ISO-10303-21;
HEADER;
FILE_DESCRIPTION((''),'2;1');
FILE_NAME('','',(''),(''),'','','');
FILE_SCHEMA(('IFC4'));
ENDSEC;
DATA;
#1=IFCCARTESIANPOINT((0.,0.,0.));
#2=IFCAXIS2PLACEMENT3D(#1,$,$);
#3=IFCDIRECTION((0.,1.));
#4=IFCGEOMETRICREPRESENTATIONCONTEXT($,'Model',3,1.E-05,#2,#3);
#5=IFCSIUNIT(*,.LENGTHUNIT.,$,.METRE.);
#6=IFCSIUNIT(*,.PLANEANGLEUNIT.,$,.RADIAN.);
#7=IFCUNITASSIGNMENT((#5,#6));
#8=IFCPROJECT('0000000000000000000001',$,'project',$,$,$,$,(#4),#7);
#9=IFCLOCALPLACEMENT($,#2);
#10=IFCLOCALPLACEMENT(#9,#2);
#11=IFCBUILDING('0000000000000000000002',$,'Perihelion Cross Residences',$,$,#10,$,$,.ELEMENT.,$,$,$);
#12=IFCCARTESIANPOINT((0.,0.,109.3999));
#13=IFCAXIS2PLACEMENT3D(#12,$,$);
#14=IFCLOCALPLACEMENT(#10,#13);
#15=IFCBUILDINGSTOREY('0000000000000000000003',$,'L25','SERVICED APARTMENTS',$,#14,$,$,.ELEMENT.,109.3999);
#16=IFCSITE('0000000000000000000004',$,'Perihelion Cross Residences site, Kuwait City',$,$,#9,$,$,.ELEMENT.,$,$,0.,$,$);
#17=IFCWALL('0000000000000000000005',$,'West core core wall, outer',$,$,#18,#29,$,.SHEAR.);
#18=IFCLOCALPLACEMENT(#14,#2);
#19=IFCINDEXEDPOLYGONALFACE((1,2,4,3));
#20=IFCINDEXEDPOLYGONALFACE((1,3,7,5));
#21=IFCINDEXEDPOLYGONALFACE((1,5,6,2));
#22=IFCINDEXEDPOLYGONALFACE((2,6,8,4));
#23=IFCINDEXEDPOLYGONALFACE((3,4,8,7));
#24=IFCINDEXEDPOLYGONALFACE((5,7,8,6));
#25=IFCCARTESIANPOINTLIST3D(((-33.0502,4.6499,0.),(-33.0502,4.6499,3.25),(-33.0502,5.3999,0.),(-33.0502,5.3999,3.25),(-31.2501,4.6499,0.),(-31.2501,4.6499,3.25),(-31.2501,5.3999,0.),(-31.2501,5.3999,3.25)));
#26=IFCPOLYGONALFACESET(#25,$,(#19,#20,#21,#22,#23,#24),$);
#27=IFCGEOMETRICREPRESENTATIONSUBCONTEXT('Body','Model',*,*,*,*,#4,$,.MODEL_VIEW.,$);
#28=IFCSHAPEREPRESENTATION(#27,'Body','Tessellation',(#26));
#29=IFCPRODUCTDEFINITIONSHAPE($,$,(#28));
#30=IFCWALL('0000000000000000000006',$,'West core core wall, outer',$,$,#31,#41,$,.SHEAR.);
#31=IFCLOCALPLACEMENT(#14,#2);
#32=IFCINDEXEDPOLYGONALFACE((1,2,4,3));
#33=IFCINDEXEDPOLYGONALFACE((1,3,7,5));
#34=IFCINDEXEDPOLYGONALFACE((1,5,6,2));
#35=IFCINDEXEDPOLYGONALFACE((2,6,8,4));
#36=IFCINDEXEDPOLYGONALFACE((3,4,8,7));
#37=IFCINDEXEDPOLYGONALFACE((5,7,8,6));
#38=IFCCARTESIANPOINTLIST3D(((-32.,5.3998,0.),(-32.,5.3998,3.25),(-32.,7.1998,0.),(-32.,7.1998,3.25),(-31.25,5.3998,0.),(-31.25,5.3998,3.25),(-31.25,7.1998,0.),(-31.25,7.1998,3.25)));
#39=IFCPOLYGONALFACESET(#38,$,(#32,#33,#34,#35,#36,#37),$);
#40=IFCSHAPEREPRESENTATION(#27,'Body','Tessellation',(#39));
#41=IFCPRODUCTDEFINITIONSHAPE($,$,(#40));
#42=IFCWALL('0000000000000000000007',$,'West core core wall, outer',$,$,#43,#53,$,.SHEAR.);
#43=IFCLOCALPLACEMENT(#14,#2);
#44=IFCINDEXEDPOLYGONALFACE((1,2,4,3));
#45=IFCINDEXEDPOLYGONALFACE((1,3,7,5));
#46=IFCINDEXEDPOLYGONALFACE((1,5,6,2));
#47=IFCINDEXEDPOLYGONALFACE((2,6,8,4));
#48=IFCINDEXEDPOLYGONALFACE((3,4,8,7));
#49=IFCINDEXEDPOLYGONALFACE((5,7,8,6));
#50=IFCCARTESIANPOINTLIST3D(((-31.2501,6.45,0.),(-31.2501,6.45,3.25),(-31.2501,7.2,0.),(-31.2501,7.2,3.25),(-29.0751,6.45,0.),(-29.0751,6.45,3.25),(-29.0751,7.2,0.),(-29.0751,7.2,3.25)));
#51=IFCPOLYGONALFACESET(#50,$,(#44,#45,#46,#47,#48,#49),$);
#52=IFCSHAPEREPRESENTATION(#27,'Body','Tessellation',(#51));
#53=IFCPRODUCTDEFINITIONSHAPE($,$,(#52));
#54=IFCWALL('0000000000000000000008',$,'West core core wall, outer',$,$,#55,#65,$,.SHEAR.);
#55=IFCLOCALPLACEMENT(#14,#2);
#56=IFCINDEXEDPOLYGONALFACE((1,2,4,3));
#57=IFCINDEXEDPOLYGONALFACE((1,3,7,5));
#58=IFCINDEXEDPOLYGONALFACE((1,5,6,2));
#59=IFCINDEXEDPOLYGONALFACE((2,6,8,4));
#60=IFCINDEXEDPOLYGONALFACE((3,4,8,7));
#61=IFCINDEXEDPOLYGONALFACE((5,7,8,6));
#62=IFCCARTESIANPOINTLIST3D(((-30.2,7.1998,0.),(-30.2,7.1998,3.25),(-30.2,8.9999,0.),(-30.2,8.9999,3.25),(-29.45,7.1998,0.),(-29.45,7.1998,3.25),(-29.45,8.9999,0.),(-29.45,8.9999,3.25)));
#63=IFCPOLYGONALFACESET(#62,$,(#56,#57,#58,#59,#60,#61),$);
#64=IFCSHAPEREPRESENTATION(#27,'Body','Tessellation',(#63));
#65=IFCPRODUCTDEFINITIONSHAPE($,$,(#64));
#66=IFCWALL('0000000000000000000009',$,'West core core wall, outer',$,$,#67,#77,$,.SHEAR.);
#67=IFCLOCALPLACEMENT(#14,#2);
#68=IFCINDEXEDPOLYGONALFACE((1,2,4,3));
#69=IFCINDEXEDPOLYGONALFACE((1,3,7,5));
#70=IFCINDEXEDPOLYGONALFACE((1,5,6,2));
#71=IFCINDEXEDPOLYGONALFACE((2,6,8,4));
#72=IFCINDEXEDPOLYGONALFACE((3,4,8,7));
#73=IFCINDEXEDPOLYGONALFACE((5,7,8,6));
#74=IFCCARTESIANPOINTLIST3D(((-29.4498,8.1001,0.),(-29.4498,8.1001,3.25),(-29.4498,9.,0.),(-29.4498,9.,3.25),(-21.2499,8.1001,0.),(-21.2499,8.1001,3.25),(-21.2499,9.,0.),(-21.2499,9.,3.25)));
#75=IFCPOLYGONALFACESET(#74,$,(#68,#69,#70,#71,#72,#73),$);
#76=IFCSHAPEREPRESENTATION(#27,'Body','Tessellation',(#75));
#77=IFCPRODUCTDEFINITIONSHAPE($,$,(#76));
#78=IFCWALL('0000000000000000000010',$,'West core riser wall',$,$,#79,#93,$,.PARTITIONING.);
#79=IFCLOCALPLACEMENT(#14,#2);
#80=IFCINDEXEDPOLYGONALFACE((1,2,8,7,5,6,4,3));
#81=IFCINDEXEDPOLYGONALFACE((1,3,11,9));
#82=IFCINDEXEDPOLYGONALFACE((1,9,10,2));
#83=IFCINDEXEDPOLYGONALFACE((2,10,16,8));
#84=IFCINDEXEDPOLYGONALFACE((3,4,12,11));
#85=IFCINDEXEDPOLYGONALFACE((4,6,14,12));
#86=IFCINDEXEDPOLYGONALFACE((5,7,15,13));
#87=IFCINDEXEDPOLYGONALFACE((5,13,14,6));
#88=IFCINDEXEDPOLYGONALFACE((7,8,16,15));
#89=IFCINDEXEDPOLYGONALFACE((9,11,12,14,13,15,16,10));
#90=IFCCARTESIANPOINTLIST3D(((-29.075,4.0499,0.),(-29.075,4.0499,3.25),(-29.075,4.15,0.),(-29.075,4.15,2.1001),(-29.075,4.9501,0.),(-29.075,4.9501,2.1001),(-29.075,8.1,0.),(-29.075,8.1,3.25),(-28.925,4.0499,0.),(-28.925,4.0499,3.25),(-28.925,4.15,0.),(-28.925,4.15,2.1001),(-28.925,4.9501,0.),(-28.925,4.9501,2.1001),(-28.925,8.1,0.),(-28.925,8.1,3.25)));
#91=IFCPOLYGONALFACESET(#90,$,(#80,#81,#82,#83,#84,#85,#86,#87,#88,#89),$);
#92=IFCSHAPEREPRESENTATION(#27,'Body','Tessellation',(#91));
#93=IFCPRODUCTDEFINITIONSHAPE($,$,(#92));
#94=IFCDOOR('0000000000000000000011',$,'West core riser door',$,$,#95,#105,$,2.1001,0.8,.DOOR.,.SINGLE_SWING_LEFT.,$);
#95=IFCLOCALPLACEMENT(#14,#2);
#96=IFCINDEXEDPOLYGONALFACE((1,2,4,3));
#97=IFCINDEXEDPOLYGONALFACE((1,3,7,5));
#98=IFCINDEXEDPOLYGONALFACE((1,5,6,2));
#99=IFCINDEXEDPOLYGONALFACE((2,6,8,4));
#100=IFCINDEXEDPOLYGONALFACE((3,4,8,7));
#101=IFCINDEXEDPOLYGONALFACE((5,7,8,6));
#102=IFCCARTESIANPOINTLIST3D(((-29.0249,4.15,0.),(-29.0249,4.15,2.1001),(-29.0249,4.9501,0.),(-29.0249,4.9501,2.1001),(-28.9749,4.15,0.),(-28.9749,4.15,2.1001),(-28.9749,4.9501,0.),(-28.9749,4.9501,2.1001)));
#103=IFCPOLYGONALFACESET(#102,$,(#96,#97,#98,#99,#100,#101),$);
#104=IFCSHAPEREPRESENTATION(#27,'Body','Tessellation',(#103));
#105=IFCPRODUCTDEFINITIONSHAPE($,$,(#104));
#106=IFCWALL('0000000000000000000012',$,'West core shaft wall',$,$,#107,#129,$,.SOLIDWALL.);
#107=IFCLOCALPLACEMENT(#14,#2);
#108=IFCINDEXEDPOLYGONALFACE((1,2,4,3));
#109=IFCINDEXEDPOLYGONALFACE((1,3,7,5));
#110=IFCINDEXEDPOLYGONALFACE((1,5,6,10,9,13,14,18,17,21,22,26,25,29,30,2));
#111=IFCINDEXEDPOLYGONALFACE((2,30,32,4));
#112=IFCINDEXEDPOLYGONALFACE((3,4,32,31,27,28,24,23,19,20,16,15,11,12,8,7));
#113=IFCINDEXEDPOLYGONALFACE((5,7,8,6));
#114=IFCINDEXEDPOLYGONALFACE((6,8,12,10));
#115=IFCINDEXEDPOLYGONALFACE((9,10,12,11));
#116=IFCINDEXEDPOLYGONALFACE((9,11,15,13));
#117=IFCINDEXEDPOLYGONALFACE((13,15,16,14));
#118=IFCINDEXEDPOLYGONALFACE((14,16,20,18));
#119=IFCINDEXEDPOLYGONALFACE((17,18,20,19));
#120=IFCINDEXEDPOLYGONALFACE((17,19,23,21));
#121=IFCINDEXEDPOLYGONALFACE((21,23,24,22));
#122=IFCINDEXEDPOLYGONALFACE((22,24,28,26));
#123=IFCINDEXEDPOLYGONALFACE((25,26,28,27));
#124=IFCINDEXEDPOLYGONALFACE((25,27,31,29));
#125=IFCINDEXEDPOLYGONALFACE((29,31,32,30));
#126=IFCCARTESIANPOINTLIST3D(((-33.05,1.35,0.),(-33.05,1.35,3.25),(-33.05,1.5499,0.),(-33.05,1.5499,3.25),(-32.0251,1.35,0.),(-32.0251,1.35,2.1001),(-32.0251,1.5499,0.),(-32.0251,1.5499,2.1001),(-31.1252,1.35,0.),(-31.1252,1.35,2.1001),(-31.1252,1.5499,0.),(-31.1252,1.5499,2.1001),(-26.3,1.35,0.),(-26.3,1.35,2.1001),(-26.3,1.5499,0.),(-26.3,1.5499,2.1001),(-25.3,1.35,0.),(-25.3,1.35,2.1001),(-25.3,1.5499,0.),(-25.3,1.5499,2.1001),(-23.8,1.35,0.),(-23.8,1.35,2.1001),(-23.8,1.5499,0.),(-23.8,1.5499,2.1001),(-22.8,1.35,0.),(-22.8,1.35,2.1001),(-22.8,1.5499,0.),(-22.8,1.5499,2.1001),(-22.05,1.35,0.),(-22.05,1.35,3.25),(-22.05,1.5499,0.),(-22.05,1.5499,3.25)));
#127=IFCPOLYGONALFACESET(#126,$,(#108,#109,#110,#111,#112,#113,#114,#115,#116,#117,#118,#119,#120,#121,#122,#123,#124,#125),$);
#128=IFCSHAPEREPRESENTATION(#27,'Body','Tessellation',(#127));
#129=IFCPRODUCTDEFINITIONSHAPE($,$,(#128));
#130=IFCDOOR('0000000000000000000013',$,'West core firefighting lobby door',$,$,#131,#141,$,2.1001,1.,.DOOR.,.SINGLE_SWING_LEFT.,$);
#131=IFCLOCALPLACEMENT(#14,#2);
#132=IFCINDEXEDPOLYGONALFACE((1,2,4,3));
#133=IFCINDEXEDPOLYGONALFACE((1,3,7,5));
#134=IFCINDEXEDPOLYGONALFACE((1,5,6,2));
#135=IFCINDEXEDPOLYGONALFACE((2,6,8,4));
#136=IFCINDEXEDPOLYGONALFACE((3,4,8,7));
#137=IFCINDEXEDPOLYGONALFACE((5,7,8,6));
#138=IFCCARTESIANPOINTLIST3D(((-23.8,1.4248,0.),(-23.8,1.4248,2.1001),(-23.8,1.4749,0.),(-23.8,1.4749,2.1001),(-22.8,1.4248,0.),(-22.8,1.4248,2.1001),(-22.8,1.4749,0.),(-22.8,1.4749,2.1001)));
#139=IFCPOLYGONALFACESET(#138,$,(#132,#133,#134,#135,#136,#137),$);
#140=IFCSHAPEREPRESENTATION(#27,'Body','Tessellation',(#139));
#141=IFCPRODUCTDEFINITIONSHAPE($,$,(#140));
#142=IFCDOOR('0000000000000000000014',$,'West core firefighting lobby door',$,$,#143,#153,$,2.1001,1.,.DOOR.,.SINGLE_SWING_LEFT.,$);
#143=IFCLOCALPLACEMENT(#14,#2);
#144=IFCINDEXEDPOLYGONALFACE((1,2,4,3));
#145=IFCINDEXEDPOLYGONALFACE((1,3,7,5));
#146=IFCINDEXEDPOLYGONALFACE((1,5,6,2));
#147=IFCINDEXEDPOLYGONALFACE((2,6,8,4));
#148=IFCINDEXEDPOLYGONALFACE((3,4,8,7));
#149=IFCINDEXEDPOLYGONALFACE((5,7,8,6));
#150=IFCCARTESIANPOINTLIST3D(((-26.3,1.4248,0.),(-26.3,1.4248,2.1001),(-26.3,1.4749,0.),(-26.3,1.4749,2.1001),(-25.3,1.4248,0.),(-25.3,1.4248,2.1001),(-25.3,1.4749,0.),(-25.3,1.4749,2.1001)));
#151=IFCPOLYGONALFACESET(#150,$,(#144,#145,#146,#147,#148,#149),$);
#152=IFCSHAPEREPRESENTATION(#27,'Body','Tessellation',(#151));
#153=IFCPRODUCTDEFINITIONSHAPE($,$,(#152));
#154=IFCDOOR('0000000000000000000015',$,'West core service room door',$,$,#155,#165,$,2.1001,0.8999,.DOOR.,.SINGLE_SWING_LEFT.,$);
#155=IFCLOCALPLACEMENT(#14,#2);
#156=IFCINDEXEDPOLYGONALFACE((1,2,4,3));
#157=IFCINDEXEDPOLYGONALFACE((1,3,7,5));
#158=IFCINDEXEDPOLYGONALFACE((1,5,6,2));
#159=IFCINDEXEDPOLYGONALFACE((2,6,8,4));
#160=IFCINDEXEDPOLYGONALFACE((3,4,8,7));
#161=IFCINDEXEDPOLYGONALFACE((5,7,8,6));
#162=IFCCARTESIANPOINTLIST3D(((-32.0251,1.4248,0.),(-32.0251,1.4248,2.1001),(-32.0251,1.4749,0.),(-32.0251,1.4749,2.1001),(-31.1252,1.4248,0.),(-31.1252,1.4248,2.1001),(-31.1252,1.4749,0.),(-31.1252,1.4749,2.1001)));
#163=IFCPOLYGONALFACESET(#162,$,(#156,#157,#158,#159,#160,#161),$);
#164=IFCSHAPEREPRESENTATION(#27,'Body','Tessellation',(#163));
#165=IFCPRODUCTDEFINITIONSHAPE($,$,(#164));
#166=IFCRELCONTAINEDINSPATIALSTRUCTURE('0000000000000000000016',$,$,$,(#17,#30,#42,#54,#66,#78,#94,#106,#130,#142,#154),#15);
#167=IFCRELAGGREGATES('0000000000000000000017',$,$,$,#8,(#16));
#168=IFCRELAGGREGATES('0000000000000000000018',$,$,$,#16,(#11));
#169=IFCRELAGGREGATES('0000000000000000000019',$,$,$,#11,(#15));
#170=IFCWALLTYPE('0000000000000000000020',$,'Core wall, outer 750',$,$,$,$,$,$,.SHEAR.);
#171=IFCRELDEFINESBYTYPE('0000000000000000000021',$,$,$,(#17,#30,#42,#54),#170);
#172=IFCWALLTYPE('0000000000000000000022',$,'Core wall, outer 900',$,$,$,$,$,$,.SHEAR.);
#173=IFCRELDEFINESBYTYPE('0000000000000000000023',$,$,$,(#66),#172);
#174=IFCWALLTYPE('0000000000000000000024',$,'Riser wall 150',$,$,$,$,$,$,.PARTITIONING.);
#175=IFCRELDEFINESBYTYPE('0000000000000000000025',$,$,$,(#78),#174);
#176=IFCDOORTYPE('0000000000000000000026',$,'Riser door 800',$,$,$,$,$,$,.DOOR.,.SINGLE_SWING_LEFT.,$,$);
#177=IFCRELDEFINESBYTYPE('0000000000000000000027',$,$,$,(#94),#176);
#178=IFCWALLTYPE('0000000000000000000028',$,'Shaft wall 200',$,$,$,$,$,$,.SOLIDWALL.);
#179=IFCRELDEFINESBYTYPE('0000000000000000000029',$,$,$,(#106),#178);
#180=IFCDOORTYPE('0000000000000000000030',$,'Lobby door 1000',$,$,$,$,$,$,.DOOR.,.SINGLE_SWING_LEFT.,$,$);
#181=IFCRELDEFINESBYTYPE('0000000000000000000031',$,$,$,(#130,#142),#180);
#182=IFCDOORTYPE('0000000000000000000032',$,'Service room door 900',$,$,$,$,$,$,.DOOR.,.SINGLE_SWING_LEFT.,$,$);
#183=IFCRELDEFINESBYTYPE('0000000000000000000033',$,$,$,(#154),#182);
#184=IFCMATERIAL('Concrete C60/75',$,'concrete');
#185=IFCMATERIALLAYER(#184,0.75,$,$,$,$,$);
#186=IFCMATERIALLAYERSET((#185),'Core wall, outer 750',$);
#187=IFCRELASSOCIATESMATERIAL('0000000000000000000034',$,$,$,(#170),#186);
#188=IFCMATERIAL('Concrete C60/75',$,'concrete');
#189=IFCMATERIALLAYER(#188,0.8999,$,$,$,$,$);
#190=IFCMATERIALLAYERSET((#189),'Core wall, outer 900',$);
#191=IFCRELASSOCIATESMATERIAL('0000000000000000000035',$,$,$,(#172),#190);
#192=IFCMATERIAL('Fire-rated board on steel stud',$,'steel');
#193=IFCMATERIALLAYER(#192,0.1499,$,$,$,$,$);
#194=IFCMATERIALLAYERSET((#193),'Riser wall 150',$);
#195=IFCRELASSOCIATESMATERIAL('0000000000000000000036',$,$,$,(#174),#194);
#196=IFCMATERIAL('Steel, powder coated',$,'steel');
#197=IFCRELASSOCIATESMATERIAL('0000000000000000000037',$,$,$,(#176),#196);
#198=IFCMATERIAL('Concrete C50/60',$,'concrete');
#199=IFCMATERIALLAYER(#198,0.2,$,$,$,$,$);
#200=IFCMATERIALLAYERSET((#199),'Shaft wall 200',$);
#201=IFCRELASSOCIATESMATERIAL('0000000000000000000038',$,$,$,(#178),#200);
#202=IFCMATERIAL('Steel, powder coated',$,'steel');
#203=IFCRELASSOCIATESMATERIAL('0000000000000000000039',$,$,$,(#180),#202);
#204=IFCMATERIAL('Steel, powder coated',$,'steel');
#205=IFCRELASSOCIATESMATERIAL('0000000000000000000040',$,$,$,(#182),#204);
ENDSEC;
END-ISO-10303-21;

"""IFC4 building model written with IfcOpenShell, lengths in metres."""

from ifc_helpers import new_model, si_unit, direction, frame, frame_2d, origin, place, context, subcontext, project, spatial, rectangle, extrude, material, layer, layer_set, type_object, element, fill, save


model = new_model("IFC4")

# Units and contexts
model_context = context("Model", 3, precision=1e-05, world=origin(), true_north=direction((0.0, 1.0)))
body_context = subcontext(model_context, "Body", "Model", "MODEL_VIEW")
ifc_project = project(units=[si_unit("LENGTHUNIT", "METRE"), si_unit("PLANEANGLEUNIT", "RADIAN")], contexts=[model_context])

# Site, building, storey
site_placement = place(None, origin())
site = spatial("IfcSite", under=ifc_project, at=site_placement, Name="Perihelion Cross Residences site, Kuwait City", CompositionType="ELEMENT", RefElevation=0.0)
building_placement = place(site_placement, origin())
building = spatial("IfcBuilding", under=site, at=building_placement, Name="Perihelion Cross Residences", CompositionType="ELEMENT")
storey_placement = place(building_placement, frame((0.0, 0.0, 109.3999)))
storey = spatial("IfcBuildingStorey", under=building, at=storey_placement, Name="L25", Description="SERVICED APARTMENTS", CompositionType="ELEMENT", Elevation=109.3999)

# Walls
ifc_material_1 = material(Name="Concrete C60/75", Category="concrete")
ifc_layer_1 = layer(ifc_material_1, 0.75)
ifc_layer_set_1 = layer_set([ifc_layer_1], Name="Core wall, outer 750")
wall_type_1 = type_object("IfcWallType", Name="Core wall, outer 750", PredefinedType="SHEAR", material=ifc_layer_set_1)
for number, where, z_axis, x_axis, name in (
    (1, (-33.05, 5.0249, 0.0), (0.0, 0.0, 1.0), (1.0, 0.0, 0.0), "West core core wall, outer"),
    (2, (-31.625, 5.3999, 0.0), (0.0, 0.0, 1.0), (0.0, 1.0, 0.0), "West core core wall, outer"),
):
    element("IfcWall", number, at=place(storey_placement, frame(where, z_axis=z_axis, x_axis=x_axis)), inside=storey, type_object=wall_type_1, Name=name, PredefinedType="SHEAR", context=body_context, shape_type="SweptSolid", body=[
        extrude(rectangle(XDim=1.8, YDim=0.75, at=frame_2d((0.8999, 0.0))), origin(), (0.0, 0.0, 1.0), 3.25),
    ])
wall_1_placement = place(storey_placement, frame((-31.25, 6.825, 0.0), z_axis=(0.0, 0.0, 1.0), x_axis=(1.0, 0.0, 0.0)))
element("IfcWall", 3, at=wall_1_placement, inside=storey, type_object=wall_type_1, Name="West core core wall, outer", PredefinedType="SHEAR", context=body_context, shape_type="SweptSolid", body=[
    extrude(rectangle(XDim=2.175, YDim=0.75, at=frame_2d((1.0874, 0.0))), origin(), (0.0, 0.0, 1.0), 3.25),
])
wall_2_placement = place(storey_placement, frame((-29.825, 7.2, 0.0), z_axis=(0.0, 0.0, 1.0), x_axis=(0.0, 1.0, 0.0)))
element("IfcWall", 4, at=wall_2_placement, inside=storey, type_object=wall_type_1, Name="West core core wall, outer", PredefinedType="SHEAR", context=body_context, shape_type="SweptSolid", body=[
    extrude(rectangle(XDim=1.8, YDim=0.75, at=frame_2d((0.8999, 0.0))), origin(), (0.0, 0.0, 1.0), 3.25),
])
ifc_material_2 = material(Name="Concrete C60/75", Category="concrete")
ifc_layer_2 = layer(ifc_material_2, 0.8999)
ifc_layer_set_2 = layer_set([ifc_layer_2], Name="Core wall, outer 900")
wall_type_2 = type_object("IfcWallType", Name="Core wall, outer 900", PredefinedType="SHEAR", material=ifc_layer_set_2)
wall_3_placement = place(storey_placement, frame((-29.45, 8.55, 0.0), z_axis=(0.0, 0.0, 1.0), x_axis=(1.0, 0.0, 0.0)))
element("IfcWall", 5, at=wall_3_placement, inside=storey, type_object=wall_type_2, Name="West core core wall, outer", PredefinedType="SHEAR", context=body_context, shape_type="SweptSolid", body=[
    extrude(rectangle(XDim=8.2, YDim=0.8999, at=frame_2d((4.1001, 0.0))), origin(), (0.0, 0.0, 1.0), 3.25),
])

# Wall, opening, door
ifc_material_3 = material(Name="Fire-rated board on steel stud", Category="steel")
ifc_layer_3 = layer(ifc_material_3, 0.1499)
ifc_layer_set_3 = layer_set([ifc_layer_3], Name="Riser wall 150")
wall_type_3 = type_object("IfcWallType", Name="Riser wall 150", PredefinedType="PARTITIONING", material=ifc_layer_set_3)
wall_4_placement = place(storey_placement, frame((-29.0, 4.05, 0.0), z_axis=(0.0, 0.0, 1.0), x_axis=(0.0, 1.0, 0.0)))
wall_4 = element("IfcWall", 6, at=wall_4_placement, inside=storey, type_object=wall_type_3, Name="West core riser wall", PredefinedType="PARTITIONING", context=body_context, shape_type="SweptSolid", body=[
    extrude(rectangle(XDim=4.05, YDim=0.1499, at=frame_2d((2.0249, 0.0))), origin(), (0.0, 0.0, 1.0), 3.25),
])
opening_1_placement = place(wall_4_placement, frame((0.1001, 0.0, 0.0)))
opening_1 = element("IfcOpeningElement", 7, at=opening_1_placement, cuts=wall_4, PredefinedType="OPENING", context=body_context, shape_type="SweptSolid", body=[
    extrude(rectangle(XDim=0.8, YDim=2.1001, at=frame_2d((0.3999, 1.05))), frame((0.0, 0.085, 0.0), z_axis=(0.0, -1.0, 0.0), x_axis=(1.0, 0.0, 0.0)), (0.0, 0.0, 1.0), 0.1699),
])
ifc_material_4 = material(Name="Steel, powder coated", Category="steel")
door_type_1 = type_object("IfcDoorType", Name="Riser door 800", OperationType="SINGLE_SWING_LEFT", PredefinedType="DOOR", material=ifc_material_4)
door_1_placement = place(opening_1_placement, origin())
door_1 = element("IfcDoor", 8, at=door_1_placement, inside=storey, type_object=door_type_1, Name="West core riser door", OperationType="SINGLE_SWING_LEFT", OverallHeight=2.1001, OverallWidth=0.8, PredefinedType="DOOR", context=body_context, shape_type="SweptSolid", body=[
    extrude(rectangle(XDim=0.8, YDim=2.1001, at=frame_2d((0.3999, 1.05))), frame((0.0, 0.0249, 0.0), z_axis=(0.0, -1.0, 0.0), x_axis=(1.0, 0.0, 0.0)), (0.0, 0.0, 1.0), 0.05),
])
fill(opening_1, door_1)

# Wall, openings, doors
ifc_material_5 = material(Name="Concrete C50/60", Category="concrete")
ifc_layer_4 = layer(ifc_material_5, 0.2)
ifc_layer_set_4 = layer_set([ifc_layer_4], Name="Shaft wall 200")
wall_type_4 = type_object("IfcWallType", Name="Shaft wall 200", PredefinedType="SOLIDWALL", material=ifc_layer_set_4)
wall_5_placement = place(storey_placement, frame((-33.05, 1.45, 0.0), z_axis=(0.0, 0.0, 1.0), x_axis=(1.0, 0.0, 0.0)))
wall_5 = element("IfcWall", 9, at=wall_5_placement, inside=storey, type_object=wall_type_4, Name="West core shaft wall", PredefinedType="SOLIDWALL", context=body_context, shape_type="SweptSolid", body=[
    extrude(rectangle(XDim=11.0, YDim=0.2, at=frame_2d((5.5, 0.0))), origin(), (0.0, 0.0, 1.0), 3.25),
])
opening_2_placement = place(wall_5_placement, frame((9.25, 0.0, 0.0)))
opening_2 = element("IfcOpeningElement", 10, at=opening_2_placement, cuts=wall_5, PredefinedType="OPENING", context=body_context, shape_type="SweptSolid", body=[
    extrude(rectangle(XDim=1.0, YDim=2.1001, at=frame_2d((0.5, 1.05))), frame((0.0, 0.1099, 0.0), z_axis=(0.0, -1.0, 0.0), x_axis=(1.0, 0.0, 0.0)), (0.0, 0.0, 1.0), 0.22),
])
opening_3_placement = place(wall_5_placement, frame((6.75, 0.0, 0.0)))
opening_3 = element("IfcOpeningElement", 11, at=opening_3_placement, cuts=wall_5, PredefinedType="OPENING", context=body_context, shape_type="SweptSolid", body=[
    extrude(rectangle(XDim=1.0, YDim=2.1001, at=frame_2d((0.5, 1.05))), frame((0.0, 0.1099, 0.0), z_axis=(0.0, -1.0, 0.0), x_axis=(1.0, 0.0, 0.0)), (0.0, 0.0, 1.0), 0.22),
])
opening_4_placement = place(wall_5_placement, frame((1.0249, 0.0, 0.0)))
opening_4 = element("IfcOpeningElement", 12, at=opening_4_placement, cuts=wall_5, PredefinedType="OPENING", context=body_context, shape_type="SweptSolid", body=[
    extrude(rectangle(XDim=0.8999, YDim=2.1001, at=frame_2d((0.45, 1.05))), frame((0.0, 0.1099, 0.0), z_axis=(0.0, -1.0, 0.0), x_axis=(1.0, 0.0, 0.0)), (0.0, 0.0, 1.0), 0.22),
])
ifc_material_6 = material(Name="Steel, powder coated", Category="steel")
door_type_2 = type_object("IfcDoorType", Name="Lobby door 1000", OperationType="SINGLE_SWING_LEFT", PredefinedType="DOOR", material=ifc_material_6)
door_2_placement = place(opening_2_placement, origin())
door_2 = element("IfcDoor", 13, at=door_2_placement, inside=storey, type_object=door_type_2, Name="West core firefighting lobby door", OperationType="SINGLE_SWING_LEFT", OverallHeight=2.1001, OverallWidth=1.0, PredefinedType="DOOR", context=body_context, shape_type="SweptSolid", body=[
    extrude(rectangle(XDim=1.0, YDim=2.1001, at=frame_2d((0.5, 1.05))), frame((0.0, 0.0249, 0.0), z_axis=(0.0, -1.0, 0.0), x_axis=(1.0, 0.0, 0.0)), (0.0, 0.0, 1.0), 0.05),
])
fill(opening_2, door_2)
door_3_placement = place(opening_3_placement, origin())
door_3 = element("IfcDoor", 14, at=door_3_placement, inside=storey, type_object=door_type_2, Name="West core firefighting lobby door", OperationType="SINGLE_SWING_LEFT", OverallHeight=2.1001, OverallWidth=1.0, PredefinedType="DOOR", context=body_context, shape_type="SweptSolid", body=[
    extrude(rectangle(XDim=1.0, YDim=2.1001, at=frame_2d((0.5, 1.05))), frame((0.0, 0.0249, 0.0), z_axis=(0.0, -1.0, 0.0), x_axis=(1.0, 0.0, 0.0)), (0.0, 0.0, 1.0), 0.05),
])
fill(opening_3, door_3)
ifc_material_7 = material(Name="Steel, powder coated", Category="steel")
door_type_3 = type_object("IfcDoorType", Name="Service room door 900", OperationType="SINGLE_SWING_LEFT", PredefinedType="DOOR", material=ifc_material_7)
door_4_placement = place(opening_4_placement, origin())
door_4 = element("IfcDoor", 15, at=door_4_placement, inside=storey, type_object=door_type_3, Name="West core service room door", OperationType="SINGLE_SWING_LEFT", OverallHeight=2.1001, OverallWidth=0.8999, PredefinedType="DOOR", context=body_context, shape_type="SweptSolid", body=[
    extrude(rectangle(XDim=0.8999, YDim=2.1001, at=frame_2d((0.45, 1.05))), frame((0.0, 0.0249, 0.0), z_axis=(0.0, -1.0, 0.0), x_axis=(1.0, 0.0, 0.0)), (0.0, 0.0, 1.0), 0.05),
])
fill(opening_4, door_4)

save(model, "model.ifc")
